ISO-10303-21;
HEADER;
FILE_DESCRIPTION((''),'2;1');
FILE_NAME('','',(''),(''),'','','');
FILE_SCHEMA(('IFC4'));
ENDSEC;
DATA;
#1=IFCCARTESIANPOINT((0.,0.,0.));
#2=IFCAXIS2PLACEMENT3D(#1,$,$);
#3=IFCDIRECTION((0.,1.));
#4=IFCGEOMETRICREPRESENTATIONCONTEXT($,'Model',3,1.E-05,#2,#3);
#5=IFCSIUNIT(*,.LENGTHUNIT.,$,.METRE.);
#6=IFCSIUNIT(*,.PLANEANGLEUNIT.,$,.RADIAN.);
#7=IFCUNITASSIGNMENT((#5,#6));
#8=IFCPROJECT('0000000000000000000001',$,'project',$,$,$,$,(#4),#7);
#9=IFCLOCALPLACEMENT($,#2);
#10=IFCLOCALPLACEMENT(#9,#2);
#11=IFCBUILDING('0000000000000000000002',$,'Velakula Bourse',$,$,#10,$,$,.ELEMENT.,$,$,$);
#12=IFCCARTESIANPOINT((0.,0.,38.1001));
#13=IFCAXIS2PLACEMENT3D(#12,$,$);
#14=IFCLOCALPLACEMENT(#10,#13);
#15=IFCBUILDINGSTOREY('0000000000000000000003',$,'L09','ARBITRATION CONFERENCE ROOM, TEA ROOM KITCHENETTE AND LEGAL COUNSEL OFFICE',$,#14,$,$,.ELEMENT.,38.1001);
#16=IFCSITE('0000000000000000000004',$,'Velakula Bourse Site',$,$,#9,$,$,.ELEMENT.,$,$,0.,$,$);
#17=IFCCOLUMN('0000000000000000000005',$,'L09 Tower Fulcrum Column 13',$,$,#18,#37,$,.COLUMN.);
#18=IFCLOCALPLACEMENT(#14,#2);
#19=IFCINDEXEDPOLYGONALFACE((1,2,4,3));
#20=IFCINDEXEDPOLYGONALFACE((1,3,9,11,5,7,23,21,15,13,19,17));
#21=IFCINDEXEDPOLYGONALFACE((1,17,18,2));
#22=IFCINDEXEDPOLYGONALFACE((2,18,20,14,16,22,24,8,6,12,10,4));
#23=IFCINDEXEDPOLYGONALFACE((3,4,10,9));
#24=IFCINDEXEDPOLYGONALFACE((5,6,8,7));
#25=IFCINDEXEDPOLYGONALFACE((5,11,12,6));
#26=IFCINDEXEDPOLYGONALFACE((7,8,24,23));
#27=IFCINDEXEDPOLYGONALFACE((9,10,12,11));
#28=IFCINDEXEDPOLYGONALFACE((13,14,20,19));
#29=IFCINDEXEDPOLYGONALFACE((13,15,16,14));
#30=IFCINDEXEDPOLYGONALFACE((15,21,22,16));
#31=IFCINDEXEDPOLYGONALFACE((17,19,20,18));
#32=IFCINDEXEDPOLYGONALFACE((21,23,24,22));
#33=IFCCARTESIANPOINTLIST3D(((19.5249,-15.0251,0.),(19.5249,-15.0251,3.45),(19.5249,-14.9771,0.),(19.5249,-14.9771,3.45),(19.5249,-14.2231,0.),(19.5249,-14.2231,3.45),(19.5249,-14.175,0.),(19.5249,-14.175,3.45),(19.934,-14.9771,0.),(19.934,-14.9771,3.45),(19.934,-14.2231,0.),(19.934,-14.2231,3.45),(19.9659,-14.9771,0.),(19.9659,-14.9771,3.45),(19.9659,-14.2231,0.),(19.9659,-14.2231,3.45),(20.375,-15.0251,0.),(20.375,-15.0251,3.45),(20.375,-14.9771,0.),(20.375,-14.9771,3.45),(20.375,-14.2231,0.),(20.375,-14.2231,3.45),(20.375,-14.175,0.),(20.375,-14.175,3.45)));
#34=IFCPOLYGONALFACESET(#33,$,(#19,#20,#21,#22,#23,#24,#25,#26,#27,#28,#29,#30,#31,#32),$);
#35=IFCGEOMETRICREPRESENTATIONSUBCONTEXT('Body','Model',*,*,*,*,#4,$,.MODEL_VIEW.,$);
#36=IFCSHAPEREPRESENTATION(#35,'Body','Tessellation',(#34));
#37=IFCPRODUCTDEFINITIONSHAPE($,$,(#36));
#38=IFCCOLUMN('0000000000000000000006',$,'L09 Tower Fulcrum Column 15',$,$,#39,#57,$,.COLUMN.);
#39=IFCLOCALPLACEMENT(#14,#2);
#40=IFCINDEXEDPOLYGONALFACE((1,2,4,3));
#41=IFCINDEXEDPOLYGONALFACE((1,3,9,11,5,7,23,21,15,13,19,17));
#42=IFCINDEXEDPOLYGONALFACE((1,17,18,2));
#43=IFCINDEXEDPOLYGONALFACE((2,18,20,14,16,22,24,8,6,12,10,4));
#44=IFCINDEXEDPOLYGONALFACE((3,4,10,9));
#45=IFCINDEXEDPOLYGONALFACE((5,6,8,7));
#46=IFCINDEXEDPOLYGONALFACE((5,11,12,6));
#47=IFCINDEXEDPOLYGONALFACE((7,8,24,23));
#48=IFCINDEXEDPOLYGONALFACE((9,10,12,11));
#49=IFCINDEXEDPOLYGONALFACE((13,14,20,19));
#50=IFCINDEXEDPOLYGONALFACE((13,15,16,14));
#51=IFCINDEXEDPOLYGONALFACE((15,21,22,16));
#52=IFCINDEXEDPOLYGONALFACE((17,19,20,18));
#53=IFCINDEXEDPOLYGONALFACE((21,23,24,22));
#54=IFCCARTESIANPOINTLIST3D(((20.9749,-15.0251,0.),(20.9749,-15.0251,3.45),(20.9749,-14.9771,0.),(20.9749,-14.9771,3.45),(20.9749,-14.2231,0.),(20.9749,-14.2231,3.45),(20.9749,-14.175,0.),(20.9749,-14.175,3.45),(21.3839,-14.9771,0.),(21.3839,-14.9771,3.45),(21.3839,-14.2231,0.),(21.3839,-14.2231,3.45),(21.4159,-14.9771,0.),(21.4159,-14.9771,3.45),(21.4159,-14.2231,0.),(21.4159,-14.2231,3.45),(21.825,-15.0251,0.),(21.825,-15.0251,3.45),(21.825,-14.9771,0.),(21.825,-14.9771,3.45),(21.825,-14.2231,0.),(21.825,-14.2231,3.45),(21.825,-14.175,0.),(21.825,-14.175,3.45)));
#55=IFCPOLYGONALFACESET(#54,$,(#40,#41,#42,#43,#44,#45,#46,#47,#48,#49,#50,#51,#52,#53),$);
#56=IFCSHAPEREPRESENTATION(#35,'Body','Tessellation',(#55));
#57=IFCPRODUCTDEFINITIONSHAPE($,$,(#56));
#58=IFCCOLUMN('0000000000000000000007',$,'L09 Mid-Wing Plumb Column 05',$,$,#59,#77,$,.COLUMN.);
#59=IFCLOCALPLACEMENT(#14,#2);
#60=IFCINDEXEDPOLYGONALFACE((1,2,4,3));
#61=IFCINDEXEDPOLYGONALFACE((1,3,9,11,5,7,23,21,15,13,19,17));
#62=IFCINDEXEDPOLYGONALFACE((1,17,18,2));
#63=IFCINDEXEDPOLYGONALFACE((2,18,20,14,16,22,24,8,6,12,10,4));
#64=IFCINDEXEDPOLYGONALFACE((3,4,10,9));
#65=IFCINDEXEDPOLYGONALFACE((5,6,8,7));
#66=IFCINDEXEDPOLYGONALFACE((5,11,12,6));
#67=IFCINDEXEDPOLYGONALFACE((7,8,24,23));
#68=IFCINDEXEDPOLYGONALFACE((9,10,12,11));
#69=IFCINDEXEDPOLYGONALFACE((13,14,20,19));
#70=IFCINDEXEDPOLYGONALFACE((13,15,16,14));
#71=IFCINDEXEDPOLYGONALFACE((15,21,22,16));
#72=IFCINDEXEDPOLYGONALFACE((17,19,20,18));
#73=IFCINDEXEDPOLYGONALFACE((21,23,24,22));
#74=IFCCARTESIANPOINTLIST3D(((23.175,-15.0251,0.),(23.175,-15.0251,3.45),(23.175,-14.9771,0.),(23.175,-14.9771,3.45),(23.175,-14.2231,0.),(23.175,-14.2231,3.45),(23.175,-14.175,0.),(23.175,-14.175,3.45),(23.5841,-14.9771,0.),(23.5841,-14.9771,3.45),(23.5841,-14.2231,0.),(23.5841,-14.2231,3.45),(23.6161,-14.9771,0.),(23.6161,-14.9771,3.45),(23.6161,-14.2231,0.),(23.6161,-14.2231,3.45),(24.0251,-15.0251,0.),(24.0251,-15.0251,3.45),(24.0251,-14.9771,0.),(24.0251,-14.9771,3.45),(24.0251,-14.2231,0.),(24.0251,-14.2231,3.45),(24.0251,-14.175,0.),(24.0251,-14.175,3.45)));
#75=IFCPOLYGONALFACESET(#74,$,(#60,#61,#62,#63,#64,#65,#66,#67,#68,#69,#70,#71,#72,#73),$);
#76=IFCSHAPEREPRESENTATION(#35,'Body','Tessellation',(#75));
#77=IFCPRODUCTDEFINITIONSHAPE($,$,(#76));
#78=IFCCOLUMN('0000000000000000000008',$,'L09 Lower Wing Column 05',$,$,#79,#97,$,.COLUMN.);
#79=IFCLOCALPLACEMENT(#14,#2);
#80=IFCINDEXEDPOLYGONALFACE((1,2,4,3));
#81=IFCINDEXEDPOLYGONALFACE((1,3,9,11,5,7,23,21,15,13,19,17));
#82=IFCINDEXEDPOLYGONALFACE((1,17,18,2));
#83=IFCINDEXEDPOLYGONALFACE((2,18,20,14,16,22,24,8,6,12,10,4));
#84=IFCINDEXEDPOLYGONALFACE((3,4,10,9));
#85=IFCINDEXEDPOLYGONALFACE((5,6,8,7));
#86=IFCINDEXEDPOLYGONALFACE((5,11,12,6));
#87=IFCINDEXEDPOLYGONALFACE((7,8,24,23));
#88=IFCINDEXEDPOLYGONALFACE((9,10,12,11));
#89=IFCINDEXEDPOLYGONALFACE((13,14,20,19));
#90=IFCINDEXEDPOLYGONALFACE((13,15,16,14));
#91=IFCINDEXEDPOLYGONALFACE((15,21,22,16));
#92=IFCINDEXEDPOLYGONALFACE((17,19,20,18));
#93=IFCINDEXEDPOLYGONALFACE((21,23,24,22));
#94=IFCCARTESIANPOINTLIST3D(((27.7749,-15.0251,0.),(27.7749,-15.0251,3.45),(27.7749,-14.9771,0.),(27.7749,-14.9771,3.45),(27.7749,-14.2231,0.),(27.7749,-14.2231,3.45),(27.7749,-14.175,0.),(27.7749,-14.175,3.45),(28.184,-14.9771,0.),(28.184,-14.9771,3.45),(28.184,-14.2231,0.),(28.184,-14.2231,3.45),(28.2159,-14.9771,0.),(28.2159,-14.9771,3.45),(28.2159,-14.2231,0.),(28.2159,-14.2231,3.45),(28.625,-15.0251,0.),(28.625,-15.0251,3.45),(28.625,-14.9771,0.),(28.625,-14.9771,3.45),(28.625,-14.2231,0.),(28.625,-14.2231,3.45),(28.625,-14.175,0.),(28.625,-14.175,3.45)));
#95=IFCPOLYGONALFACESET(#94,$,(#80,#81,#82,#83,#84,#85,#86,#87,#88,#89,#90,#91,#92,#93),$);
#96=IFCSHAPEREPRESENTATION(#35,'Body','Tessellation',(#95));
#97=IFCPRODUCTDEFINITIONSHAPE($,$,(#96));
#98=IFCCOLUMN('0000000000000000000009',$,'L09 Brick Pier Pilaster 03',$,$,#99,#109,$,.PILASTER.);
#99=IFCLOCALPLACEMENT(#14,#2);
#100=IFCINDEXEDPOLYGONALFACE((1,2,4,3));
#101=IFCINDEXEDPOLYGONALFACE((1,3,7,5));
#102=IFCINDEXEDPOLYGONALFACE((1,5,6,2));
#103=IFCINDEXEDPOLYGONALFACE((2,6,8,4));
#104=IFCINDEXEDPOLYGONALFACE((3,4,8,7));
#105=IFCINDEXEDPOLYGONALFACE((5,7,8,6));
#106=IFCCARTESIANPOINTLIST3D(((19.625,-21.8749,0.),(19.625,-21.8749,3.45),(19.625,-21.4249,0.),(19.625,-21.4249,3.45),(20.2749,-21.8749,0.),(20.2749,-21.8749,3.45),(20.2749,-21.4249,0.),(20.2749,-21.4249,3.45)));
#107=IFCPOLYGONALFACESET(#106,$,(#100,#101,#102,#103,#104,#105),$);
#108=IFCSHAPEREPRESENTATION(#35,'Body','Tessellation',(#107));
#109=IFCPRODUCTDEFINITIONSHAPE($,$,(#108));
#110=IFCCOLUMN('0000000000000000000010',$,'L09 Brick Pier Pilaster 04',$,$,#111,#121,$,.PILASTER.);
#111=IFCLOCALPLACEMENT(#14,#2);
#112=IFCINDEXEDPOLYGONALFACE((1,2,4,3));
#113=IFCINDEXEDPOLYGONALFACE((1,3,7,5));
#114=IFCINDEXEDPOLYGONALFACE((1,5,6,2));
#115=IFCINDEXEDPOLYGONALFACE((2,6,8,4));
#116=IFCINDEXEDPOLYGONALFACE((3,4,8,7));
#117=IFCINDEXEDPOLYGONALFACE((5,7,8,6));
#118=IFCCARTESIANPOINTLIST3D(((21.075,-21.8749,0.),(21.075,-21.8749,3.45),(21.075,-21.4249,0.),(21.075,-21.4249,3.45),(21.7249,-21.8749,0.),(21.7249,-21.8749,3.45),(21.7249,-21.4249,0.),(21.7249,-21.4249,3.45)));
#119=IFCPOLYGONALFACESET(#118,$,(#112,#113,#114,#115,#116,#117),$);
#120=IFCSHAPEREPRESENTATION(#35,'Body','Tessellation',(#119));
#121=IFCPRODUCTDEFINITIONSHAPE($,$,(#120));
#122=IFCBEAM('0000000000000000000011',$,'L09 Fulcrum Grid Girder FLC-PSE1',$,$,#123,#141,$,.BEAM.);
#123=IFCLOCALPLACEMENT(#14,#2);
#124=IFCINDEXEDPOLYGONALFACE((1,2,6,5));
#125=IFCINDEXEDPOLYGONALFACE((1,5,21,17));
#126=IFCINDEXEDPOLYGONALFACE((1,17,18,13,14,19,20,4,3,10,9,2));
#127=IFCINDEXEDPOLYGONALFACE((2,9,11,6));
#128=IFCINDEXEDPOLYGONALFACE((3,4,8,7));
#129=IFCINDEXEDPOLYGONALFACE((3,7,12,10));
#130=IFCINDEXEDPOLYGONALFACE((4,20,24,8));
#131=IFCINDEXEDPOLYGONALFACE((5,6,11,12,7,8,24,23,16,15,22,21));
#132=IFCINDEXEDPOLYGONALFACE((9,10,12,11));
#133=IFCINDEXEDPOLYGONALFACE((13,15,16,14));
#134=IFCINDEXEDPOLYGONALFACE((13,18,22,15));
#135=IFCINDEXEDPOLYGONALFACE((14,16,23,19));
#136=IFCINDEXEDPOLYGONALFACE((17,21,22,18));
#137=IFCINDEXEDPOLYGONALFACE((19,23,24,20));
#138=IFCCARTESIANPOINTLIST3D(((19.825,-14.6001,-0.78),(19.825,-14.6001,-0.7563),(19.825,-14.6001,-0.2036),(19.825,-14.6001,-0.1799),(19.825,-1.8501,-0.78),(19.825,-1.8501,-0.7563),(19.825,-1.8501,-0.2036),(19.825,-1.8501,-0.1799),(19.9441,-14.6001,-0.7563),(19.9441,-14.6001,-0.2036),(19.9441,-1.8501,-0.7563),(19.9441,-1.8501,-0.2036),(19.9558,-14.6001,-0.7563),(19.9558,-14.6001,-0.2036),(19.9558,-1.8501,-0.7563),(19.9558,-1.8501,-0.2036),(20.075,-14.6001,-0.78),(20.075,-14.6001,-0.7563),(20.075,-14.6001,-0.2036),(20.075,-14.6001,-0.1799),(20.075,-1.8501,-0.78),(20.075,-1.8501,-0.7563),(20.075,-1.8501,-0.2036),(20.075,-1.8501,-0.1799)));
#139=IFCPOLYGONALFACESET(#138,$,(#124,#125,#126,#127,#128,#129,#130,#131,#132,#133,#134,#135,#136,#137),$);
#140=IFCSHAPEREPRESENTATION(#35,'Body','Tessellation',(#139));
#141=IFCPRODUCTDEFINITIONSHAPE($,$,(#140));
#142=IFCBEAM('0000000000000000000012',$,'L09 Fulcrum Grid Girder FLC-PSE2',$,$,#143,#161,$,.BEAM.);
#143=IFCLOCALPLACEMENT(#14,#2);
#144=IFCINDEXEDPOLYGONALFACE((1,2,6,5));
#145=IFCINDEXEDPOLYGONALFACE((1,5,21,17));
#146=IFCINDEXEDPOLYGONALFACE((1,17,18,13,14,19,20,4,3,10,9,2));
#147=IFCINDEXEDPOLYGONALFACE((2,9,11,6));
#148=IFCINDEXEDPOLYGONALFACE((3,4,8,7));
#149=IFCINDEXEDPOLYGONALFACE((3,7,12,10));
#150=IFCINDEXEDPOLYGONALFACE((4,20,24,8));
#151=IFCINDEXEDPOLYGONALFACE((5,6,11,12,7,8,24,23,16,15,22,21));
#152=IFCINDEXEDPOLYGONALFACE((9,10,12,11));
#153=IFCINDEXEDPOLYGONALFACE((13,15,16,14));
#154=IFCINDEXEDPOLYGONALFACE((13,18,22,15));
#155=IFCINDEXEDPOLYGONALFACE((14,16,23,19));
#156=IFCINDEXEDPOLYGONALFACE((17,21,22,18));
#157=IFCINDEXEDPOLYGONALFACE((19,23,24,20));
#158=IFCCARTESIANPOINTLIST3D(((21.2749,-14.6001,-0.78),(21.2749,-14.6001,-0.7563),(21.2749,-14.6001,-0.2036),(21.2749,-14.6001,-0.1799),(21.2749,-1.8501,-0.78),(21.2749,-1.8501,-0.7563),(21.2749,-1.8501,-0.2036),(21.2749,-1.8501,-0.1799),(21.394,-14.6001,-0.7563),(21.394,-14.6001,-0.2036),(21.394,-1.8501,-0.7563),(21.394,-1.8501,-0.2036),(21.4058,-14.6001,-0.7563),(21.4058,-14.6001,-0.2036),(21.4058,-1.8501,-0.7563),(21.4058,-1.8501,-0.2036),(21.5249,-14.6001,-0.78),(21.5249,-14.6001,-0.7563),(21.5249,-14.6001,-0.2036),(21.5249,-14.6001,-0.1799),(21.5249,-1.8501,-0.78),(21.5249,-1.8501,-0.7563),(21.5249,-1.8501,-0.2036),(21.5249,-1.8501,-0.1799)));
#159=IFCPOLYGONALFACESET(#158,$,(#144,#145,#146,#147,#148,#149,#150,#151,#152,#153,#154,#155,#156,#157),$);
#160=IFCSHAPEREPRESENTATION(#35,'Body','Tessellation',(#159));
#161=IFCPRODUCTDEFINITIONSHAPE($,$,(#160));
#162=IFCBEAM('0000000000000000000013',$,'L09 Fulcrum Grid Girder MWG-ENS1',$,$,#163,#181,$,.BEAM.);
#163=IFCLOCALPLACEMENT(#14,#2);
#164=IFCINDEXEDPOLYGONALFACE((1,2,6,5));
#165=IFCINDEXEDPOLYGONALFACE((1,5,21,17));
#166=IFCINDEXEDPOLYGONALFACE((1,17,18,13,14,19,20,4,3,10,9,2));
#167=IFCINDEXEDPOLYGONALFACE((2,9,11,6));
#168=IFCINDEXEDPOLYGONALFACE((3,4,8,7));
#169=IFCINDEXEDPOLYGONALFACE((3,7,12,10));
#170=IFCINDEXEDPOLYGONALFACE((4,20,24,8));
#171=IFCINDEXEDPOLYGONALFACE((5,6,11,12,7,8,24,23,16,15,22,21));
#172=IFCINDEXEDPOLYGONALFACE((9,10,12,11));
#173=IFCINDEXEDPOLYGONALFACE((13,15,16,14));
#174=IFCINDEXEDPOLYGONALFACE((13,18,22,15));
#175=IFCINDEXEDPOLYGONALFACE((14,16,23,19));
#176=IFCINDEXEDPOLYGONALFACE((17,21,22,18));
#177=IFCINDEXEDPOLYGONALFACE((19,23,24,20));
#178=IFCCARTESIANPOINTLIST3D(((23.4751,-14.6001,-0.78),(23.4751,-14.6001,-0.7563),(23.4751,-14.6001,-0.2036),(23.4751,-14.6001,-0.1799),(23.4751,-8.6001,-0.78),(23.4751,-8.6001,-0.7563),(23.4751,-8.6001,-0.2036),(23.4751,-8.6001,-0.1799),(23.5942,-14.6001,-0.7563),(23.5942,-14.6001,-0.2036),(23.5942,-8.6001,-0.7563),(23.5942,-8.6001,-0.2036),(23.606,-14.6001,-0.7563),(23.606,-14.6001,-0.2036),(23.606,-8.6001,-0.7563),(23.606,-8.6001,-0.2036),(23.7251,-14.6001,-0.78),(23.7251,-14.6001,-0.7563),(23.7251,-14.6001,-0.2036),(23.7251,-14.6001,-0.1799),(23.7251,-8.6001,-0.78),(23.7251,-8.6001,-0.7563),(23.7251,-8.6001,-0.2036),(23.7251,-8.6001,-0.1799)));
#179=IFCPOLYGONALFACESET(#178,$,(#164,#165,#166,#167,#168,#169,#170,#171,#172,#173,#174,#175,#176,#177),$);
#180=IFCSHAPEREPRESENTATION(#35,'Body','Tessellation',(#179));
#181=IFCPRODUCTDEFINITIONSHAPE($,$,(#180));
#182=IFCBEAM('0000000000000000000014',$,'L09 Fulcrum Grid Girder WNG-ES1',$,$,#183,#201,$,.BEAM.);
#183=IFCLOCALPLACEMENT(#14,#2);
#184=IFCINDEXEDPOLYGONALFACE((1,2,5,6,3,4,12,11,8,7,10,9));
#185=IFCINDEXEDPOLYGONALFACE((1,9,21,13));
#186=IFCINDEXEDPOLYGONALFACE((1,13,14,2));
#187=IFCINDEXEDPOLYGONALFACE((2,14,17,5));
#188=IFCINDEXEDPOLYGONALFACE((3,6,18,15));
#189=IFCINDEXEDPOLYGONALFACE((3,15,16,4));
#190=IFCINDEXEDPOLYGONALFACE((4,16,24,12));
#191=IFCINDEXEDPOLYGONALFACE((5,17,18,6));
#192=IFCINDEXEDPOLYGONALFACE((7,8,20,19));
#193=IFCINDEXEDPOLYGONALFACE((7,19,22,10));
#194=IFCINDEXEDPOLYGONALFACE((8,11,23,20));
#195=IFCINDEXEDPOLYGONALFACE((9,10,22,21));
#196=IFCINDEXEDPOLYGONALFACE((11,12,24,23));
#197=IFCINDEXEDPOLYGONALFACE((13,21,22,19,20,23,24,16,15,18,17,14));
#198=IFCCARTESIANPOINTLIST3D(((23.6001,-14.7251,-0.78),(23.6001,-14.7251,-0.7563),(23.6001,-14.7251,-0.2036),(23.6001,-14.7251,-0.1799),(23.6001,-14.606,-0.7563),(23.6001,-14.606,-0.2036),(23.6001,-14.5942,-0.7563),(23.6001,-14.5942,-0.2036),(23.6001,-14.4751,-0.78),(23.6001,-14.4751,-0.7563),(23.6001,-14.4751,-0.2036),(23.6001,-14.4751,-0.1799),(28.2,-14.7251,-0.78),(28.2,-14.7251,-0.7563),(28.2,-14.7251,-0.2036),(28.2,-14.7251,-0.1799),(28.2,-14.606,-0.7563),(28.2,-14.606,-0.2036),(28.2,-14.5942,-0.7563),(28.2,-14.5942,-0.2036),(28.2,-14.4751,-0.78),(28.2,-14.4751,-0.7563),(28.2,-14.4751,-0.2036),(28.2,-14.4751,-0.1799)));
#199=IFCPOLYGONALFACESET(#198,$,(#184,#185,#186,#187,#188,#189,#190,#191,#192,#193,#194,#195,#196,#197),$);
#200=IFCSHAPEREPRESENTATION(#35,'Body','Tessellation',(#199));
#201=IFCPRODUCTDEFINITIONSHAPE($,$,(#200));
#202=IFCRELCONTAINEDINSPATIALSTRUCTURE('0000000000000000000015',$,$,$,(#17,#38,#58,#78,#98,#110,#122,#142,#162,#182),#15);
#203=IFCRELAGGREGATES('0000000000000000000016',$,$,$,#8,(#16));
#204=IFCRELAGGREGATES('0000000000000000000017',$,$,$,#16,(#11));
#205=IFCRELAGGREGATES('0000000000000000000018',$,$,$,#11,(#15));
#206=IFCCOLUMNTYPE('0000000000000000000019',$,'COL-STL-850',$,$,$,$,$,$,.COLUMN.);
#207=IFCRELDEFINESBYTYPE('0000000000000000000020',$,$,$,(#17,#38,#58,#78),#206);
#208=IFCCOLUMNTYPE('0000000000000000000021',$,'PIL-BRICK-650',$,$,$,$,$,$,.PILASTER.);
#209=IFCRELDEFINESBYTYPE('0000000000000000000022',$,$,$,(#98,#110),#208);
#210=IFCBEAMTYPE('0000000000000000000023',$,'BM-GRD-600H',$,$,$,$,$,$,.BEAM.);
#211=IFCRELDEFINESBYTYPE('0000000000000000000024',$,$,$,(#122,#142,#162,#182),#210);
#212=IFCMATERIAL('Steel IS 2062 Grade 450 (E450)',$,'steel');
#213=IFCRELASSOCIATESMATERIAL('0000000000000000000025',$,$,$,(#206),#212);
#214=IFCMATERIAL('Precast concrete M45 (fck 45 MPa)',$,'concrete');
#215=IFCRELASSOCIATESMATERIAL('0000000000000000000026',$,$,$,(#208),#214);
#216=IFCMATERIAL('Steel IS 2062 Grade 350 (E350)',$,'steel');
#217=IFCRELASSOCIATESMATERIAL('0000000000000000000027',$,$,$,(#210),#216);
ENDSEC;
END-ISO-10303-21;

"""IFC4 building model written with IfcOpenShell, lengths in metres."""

from ifc_helpers import new_model, si_unit, direction, frame, origin, origin_2d, place, context, subcontext, project, spatial, rectangle, i_section, extrude, material, material_profile, profile_set, type_object, element, save


model = new_model("IFC4")

# Units and contexts
model_context = context("Model", 3, precision=1e-05, world=origin(), true_north=direction((0.0, 1.0)))
body_context = subcontext(model_context, "Body", "Model", "MODEL_VIEW")
ifc_project = project(units=[si_unit("LENGTHUNIT", "METRE"), si_unit("PLANEANGLEUNIT", "RADIAN")], contexts=[model_context])

# Site, building, storey
site_placement = place(None, origin())
site = spatial("IfcSite", under=ifc_project, at=site_placement, Name="Velakula Bourse Site", CompositionType="ELEMENT", RefElevation=0.0)
building_placement = place(site_placement, origin())
building = spatial("IfcBuilding", under=site, at=building_placement, Name="Velakula Bourse", CompositionType="ELEMENT")
storey_placement = place(building_placement, frame((0.0, 0.0, 38.1001)))
storey = spatial("IfcBuildingStorey", under=building, at=storey_placement, Name="L09", Description="ARBITRATION CONFERENCE ROOM, TEA ROOM KITCHENETTE AND LEGAL COUNSEL OFFICE", CompositionType="ELEMENT", Elevation=38.1001)

# Columns
ifc_material_1 = material(Name="Steel IS 2062 Grade 450 (E450)", Category="steel")
ifc_material_profile_1 = material_profile(ifc_material_1, i_section(OverallWidth=0.8501, OverallDepth=0.8501, WebThickness=0.032, FlangeThickness=0.0481, at=origin_2d()), Name="Steel IS 2062 Grade 450 (E450)")
ifc_profile_set_1 = profile_set([ifc_material_profile_1], Name="Steel IS 2062 Grade 450 (E450)")
column_type_1 = type_object("IfcColumnType", Name="COL-STL-850", PredefinedType="COLUMN", material=ifc_profile_set_1)
for number, where, z_axis, x_axis, name in (
    (1, (19.95, -14.6001, 0.0), (0.0, 0.0, 1.0), (1.0, 0.0, 0.0), "L09 Tower Fulcrum Column 13"),
    (2, (21.3999, -14.6001, 0.0), (0.0, 0.0, 1.0), (1.0, 0.0, 0.0), "L09 Tower Fulcrum Column 15"),
    (3, (23.6001, -14.6001, 0.0), (0.0, 0.0, 1.0), (1.0, 0.0, 0.0), "L09 Mid-Wing Plumb Column 05"),
    (4, (28.2, -14.6001, 0.0), (0.0, 0.0, 1.0), (1.0, 0.0, 0.0), "L09 Lower Wing Column 05"),
):
    element("IfcColumn", number, at=place(storey_placement, frame(where, z_axis=z_axis, x_axis=x_axis)), inside=storey, type_object=column_type_1, Name=name, PredefinedType="COLUMN", context=body_context, shape_type="SweptSolid", body=[
        extrude(i_section(OverallWidth=0.8501, OverallDepth=0.8501, WebThickness=0.032, FlangeThickness=0.0481, at=origin_2d()), origin(), (0.0, 0.0, 1.0), 3.45),
    ])
ifc_material_2 = material(Name="Precast concrete M45 (fck 45 MPa)", Category="concrete")
ifc_material_profile_2 = material_profile(ifc_material_2, rectangle(XDim=0.6499, YDim=0.45, at=origin_2d()), Name="Precast concrete M45 (fck 45 MPa)")
ifc_profile_set_2 = profile_set([ifc_material_profile_2], Name="Precast concrete M45 (fck 45 MPa)")
column_type_2 = type_object("IfcColumnType", Name="PIL-BRICK-650", PredefinedType="PILASTER", material=ifc_profile_set_2)
for number, where, z_axis, x_axis, name in (
    (5, (19.95, -21.6499, 0.0), (0.0, 0.0, 1.0), (1.0, 0.0, 0.0), "L09 Brick Pier Pilaster 03"),
    (6, (21.3999, -21.6499, 0.0), (0.0, 0.0, 1.0), (1.0, 0.0, 0.0), "L09 Brick Pier Pilaster 04"),
):
    element("IfcColumn", number, at=place(storey_placement, frame(where, z_axis=z_axis, x_axis=x_axis)), inside=storey, type_object=column_type_2, Name=name, PredefinedType="PILASTER", context=body_context, shape_type="SweptSolid", body=[
        extrude(rectangle(XDim=0.6499, YDim=0.45, at=origin_2d()), origin(), (0.0, 0.0, 1.0), 3.45),
    ])

# Beams
ifc_material_3 = material(Name="Steel IS 2062 Grade 350 (E350)", Category="steel")
ifc_material_profile_3 = material_profile(ifc_material_3, i_section(OverallWidth=0.25, OverallDepth=0.6001, WebThickness=0.0117, FlangeThickness=0.0237, at=origin_2d()), Name="Steel IS 2062 Grade 350 (E350)")
ifc_profile_set_3 = profile_set([ifc_material_profile_3], Name="Steel IS 2062 Grade 350 (E350)")
beam_type_1 = type_object("IfcBeamType", Name="BM-GRD-600H", PredefinedType="BEAM", material=ifc_profile_set_3)
for number, where, z_axis, x_axis, name in (
    (7, (19.95, -14.6001, -0.48), (0.0, 1.0, 0.0), (-1.0, 0.0, 0.0), "L09 Fulcrum Grid Girder FLC-PSE1"),
    (8, (21.3999, -14.6001, -0.48), (0.0, 1.0, 0.0), (-1.0, 0.0, 0.0), "L09 Fulcrum Grid Girder FLC-PSE2"),
):
    element("IfcBeam", number, at=place(storey_placement, frame(where, z_axis=z_axis, x_axis=x_axis)), inside=storey, type_object=beam_type_1, Name=name, PredefinedType="BEAM", context=body_context, shape_type="SweptSolid", body=[
        extrude(i_section(OverallWidth=0.25, OverallDepth=0.6001, WebThickness=0.0117, FlangeThickness=0.0237, at=origin_2d()), origin(), (0.0, 0.0, 1.0), 12.75),
    ])
beam_1_placement = place(storey_placement, frame((23.6001, -14.6001, -0.48), z_axis=(0.0, 1.0, 0.0), x_axis=(-1.0, 0.0, 0.0)))
element("IfcBeam", 9, at=beam_1_placement, inside=storey, type_object=beam_type_1, Name="L09 Fulcrum Grid Girder MWG-ENS1", PredefinedType="BEAM", context=body_context, shape_type="SweptSolid", body=[
    extrude(i_section(OverallWidth=0.25, OverallDepth=0.6001, WebThickness=0.0117, FlangeThickness=0.0237, at=origin_2d()), origin(), (0.0, 0.0, 1.0), 6.0),
])
beam_2_placement = place(storey_placement, frame((23.6001, -14.6001, -0.48), z_axis=(1.0, 0.0, 0.0), x_axis=(0.0, 1.0, 0.0)))
element("IfcBeam", 10, at=beam_2_placement, inside=storey, type_object=beam_type_1, Name="L09 Fulcrum Grid Girder WNG-ES1", PredefinedType="BEAM", context=body_context, shape_type="SweptSolid", body=[
    extrude(i_section(OverallWidth=0.25, OverallDepth=0.6001, WebThickness=0.0117, FlangeThickness=0.0237, at=origin_2d()), origin(), (0.0, 0.0, 1.0), 4.5999),
])

save(model, "model.ifc")
